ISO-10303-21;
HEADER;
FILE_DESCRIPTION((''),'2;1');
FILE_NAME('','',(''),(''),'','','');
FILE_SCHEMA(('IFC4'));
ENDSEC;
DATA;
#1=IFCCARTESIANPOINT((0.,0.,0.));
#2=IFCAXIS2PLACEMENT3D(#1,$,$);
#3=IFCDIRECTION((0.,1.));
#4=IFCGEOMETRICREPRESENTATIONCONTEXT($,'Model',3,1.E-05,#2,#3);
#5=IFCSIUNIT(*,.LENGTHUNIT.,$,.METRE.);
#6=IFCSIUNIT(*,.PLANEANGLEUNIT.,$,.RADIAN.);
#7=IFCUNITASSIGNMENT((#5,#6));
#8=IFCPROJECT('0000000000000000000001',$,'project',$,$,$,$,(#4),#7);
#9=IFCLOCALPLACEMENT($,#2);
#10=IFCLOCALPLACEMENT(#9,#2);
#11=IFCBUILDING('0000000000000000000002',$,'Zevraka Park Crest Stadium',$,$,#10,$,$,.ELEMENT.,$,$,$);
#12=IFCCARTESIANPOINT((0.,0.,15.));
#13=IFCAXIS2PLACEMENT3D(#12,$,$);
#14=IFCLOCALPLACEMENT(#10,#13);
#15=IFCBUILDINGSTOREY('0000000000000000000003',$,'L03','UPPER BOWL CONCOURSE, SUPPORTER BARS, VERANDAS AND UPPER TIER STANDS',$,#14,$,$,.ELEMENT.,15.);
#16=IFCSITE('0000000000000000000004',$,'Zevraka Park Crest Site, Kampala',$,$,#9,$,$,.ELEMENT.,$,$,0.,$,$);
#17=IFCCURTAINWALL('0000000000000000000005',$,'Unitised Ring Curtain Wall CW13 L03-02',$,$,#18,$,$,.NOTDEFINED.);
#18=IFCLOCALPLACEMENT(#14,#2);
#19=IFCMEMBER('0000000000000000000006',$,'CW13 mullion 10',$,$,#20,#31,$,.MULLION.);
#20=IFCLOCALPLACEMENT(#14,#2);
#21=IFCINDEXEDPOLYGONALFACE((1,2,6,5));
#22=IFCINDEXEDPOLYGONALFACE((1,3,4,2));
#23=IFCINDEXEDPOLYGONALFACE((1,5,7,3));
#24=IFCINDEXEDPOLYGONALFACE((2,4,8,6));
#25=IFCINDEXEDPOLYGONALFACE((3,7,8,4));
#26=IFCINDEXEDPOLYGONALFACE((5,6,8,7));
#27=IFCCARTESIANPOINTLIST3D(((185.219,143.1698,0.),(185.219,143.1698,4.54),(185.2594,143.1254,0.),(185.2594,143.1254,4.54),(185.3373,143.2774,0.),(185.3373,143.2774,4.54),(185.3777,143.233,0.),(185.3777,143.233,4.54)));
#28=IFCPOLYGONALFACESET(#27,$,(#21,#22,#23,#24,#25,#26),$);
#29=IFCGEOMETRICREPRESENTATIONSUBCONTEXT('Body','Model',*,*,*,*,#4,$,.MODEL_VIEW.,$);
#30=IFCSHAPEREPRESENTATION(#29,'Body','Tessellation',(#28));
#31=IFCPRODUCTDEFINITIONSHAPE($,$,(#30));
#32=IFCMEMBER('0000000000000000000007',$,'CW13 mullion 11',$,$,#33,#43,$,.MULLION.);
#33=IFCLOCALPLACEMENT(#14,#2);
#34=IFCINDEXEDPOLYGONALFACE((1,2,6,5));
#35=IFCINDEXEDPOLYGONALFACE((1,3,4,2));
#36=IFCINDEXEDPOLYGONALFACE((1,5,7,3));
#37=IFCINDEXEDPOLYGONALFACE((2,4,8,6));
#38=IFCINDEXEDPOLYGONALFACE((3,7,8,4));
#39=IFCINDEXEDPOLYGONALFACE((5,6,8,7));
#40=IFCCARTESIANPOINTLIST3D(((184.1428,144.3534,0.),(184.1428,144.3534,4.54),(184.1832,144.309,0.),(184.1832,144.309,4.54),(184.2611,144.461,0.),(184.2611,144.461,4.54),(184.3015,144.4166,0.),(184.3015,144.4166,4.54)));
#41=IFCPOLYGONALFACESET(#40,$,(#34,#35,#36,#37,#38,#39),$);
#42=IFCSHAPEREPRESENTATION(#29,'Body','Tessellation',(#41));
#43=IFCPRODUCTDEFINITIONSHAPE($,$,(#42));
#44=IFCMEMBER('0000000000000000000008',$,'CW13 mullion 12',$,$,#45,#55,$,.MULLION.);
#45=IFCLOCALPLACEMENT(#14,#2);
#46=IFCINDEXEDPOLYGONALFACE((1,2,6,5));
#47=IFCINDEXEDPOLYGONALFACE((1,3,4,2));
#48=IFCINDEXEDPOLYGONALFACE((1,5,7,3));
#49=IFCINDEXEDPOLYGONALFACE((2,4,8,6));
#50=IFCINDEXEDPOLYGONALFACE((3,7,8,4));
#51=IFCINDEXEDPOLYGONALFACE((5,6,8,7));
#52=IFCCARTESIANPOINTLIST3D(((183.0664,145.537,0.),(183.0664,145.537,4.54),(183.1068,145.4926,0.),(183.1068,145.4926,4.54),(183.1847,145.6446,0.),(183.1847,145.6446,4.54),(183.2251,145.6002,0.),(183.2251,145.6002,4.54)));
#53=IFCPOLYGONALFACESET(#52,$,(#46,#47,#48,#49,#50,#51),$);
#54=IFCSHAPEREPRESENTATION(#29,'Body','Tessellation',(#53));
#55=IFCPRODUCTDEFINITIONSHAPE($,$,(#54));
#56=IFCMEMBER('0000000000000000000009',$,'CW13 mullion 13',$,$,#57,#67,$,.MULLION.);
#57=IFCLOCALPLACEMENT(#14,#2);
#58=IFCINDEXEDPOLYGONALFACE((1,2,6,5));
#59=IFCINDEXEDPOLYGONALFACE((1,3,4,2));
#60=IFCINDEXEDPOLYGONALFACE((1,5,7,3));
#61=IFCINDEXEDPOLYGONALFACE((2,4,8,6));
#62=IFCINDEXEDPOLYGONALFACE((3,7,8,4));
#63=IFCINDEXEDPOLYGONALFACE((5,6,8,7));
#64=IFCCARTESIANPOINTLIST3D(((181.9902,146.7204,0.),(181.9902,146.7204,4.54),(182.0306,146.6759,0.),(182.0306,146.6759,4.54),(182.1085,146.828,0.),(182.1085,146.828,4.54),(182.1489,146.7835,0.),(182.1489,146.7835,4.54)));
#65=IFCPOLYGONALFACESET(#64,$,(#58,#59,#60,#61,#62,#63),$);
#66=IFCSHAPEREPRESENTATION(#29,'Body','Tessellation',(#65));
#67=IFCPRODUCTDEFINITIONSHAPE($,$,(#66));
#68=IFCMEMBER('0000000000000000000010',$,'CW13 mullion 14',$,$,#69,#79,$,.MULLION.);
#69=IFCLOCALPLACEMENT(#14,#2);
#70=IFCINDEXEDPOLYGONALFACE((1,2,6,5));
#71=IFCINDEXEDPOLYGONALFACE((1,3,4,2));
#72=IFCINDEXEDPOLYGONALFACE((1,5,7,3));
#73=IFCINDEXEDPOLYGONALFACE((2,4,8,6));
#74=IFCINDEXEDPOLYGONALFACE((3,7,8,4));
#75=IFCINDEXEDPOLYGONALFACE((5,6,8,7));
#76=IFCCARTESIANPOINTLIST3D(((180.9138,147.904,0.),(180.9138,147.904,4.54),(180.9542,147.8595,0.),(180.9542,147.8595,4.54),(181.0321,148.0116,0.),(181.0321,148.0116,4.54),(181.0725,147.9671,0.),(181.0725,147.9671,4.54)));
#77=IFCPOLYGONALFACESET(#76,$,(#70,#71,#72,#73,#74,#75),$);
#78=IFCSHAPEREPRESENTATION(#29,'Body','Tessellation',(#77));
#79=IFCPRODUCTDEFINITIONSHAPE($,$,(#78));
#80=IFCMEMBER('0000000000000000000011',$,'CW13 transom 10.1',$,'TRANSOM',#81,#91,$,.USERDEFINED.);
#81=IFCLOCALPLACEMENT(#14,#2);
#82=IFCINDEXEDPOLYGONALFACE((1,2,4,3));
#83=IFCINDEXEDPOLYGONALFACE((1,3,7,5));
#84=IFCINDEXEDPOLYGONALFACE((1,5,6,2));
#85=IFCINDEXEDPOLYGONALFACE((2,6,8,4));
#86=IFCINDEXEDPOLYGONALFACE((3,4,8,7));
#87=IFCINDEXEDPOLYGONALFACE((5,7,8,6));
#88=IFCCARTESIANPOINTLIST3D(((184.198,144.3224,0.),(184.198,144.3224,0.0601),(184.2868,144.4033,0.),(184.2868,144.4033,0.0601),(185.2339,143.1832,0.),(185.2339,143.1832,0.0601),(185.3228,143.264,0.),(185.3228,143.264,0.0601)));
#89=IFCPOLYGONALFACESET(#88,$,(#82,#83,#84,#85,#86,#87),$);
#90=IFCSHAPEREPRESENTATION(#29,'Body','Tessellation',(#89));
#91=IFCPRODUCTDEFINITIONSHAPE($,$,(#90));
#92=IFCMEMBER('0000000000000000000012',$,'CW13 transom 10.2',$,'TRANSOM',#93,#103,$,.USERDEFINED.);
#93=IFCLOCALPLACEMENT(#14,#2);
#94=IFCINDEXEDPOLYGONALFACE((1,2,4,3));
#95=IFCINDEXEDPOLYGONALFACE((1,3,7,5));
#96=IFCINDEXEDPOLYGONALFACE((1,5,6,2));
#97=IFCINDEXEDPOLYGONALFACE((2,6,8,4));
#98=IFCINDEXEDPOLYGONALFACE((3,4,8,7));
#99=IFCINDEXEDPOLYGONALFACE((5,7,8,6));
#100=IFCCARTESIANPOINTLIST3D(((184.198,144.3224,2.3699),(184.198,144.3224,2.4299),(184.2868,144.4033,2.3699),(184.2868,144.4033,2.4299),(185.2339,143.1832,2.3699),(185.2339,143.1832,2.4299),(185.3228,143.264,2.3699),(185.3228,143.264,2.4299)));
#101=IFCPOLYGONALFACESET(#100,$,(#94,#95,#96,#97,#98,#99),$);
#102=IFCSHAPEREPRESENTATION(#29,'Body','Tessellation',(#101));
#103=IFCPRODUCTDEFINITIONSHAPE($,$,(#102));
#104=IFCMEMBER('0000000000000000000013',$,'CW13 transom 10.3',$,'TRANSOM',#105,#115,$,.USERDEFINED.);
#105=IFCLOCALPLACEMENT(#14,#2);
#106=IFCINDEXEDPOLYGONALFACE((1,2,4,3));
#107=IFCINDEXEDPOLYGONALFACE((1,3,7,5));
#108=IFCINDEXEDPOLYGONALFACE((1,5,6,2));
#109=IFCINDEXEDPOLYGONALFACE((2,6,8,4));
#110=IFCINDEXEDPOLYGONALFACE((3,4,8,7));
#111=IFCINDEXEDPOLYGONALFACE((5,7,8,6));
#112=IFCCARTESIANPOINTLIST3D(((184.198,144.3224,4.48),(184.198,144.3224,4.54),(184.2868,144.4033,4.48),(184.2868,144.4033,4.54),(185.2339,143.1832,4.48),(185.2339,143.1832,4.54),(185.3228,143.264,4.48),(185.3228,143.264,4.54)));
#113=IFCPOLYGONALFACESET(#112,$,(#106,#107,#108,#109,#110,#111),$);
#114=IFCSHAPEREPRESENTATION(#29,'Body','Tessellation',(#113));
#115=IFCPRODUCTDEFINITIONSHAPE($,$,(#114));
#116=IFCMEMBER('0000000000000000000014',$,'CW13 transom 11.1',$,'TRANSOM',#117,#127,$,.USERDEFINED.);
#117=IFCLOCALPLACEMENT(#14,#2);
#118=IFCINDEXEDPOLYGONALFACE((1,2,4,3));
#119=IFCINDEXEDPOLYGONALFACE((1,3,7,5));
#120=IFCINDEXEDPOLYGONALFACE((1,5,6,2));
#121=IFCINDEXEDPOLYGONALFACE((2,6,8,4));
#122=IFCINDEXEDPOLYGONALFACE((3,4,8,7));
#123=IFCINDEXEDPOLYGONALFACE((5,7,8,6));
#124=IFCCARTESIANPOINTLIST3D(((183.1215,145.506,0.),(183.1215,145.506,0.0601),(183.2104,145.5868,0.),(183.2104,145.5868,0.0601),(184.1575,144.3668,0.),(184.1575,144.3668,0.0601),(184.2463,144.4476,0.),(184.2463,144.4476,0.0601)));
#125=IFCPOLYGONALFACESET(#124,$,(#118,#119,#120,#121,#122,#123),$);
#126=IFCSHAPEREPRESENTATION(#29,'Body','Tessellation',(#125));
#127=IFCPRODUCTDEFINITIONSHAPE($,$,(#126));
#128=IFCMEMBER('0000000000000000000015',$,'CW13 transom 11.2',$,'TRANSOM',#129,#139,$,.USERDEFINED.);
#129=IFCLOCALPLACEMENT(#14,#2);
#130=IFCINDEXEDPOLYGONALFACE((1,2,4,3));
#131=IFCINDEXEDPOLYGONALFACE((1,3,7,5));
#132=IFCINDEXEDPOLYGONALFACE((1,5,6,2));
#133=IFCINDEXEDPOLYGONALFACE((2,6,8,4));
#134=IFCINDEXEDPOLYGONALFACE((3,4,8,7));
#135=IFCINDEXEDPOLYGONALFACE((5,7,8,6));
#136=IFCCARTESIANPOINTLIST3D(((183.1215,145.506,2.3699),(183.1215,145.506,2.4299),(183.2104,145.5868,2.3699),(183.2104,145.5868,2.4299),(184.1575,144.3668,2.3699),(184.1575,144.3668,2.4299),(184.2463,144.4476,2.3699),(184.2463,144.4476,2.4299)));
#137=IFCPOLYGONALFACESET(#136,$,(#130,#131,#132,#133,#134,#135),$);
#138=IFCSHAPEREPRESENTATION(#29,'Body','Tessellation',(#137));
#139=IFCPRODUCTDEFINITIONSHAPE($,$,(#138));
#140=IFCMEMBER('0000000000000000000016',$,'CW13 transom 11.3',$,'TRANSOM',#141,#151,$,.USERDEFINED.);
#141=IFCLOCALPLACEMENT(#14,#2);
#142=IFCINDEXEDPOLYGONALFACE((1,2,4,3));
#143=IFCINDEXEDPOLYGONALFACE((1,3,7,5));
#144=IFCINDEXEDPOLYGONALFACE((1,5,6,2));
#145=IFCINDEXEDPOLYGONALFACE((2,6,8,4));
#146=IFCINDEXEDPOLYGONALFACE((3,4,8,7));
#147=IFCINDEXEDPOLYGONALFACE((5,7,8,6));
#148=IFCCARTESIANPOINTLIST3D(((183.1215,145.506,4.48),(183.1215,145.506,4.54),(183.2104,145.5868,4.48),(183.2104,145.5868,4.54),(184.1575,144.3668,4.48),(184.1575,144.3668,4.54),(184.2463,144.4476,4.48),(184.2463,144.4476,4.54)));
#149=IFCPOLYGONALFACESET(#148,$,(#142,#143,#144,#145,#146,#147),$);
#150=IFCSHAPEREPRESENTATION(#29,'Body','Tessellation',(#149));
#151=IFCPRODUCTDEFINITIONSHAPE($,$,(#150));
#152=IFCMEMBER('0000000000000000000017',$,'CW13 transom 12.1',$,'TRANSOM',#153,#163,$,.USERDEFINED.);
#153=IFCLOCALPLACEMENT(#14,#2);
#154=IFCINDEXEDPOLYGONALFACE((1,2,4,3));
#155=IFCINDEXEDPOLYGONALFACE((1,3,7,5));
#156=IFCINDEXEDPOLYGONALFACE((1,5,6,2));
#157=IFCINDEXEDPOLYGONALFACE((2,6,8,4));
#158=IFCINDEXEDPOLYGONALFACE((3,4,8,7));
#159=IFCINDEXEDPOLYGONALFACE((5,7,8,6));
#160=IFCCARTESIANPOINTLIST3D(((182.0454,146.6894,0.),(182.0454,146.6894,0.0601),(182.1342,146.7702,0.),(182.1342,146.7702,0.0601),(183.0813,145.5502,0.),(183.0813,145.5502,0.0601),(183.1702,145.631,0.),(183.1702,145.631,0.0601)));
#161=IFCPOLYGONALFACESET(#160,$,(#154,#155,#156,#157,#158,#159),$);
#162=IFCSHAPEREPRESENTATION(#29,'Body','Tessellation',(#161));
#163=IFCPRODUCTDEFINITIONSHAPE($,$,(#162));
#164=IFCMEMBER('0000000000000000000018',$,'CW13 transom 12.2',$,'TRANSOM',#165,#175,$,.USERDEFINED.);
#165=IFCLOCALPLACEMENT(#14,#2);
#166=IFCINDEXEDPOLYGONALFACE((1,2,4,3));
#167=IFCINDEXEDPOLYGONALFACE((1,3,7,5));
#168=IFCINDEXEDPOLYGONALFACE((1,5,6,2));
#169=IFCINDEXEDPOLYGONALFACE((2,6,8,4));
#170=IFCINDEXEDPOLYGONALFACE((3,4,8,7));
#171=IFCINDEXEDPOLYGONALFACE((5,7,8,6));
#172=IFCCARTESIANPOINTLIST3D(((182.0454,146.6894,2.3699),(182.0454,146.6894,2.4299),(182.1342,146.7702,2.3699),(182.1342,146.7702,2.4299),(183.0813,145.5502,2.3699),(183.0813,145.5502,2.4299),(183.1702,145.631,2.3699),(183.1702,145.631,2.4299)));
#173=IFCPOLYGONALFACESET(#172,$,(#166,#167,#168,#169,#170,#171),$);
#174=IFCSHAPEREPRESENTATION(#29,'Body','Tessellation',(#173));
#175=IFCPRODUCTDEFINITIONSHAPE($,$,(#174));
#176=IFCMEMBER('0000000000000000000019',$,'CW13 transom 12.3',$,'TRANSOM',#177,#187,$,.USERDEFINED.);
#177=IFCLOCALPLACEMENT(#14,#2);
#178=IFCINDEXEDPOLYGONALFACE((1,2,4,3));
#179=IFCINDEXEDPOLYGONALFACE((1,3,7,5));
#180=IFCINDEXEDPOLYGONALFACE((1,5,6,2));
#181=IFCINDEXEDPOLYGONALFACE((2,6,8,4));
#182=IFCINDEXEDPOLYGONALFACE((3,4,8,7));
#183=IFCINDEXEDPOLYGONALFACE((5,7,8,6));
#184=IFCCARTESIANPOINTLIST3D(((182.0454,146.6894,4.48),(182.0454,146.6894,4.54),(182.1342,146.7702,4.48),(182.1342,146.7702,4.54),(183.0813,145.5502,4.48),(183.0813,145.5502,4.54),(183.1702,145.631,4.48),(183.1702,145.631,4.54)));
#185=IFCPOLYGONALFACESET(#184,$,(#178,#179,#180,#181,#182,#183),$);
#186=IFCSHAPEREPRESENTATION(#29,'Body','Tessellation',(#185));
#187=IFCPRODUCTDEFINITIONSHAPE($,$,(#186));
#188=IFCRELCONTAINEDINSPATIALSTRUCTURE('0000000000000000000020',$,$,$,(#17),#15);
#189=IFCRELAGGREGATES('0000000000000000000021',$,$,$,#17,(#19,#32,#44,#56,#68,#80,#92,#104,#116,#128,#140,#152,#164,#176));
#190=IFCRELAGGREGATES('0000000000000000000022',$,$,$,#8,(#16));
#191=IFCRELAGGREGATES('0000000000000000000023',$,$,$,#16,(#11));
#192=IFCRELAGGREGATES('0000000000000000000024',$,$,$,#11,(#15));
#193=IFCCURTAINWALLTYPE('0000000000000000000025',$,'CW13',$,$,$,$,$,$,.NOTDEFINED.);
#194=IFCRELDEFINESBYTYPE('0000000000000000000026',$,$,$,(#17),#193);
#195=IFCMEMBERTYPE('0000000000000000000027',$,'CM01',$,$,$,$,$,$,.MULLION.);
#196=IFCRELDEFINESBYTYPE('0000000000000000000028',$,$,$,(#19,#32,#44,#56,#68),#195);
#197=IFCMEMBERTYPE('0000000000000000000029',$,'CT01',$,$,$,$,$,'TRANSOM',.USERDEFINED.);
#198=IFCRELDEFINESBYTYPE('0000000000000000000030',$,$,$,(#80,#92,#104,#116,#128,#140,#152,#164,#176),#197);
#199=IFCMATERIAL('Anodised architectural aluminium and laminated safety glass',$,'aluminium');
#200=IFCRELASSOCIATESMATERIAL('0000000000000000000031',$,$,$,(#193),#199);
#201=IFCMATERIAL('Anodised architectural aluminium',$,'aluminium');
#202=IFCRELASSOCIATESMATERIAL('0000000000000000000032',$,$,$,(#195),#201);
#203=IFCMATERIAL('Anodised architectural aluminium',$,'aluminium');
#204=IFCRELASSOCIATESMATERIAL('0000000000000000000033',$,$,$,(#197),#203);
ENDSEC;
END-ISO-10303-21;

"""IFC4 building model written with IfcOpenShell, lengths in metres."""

from ifc_helpers import new_model, si_unit, direction, frame, origin, origin_2d, place, context, subcontext, project, spatial, rectangle, extrude, material, material_profile, profile_set, type_object, element, aggregate, save


model = new_model("IFC4")

# Units and contexts
model_context = context("Model", 3, precision=1e-05, world=origin(), true_north=direction((0.0, 1.0)))
body_context = subcontext(model_context, "Body", "Model", "MODEL_VIEW")
ifc_project = project(units=[si_unit("LENGTHUNIT", "METRE"), si_unit("PLANEANGLEUNIT", "RADIAN")], contexts=[model_context])

# Site, building, storey
site_placement = place(None, origin())
site = spatial("IfcSite", under=ifc_project, at=site_placement, Name="Zevraka Park Crest Site, Kampala", CompositionType="ELEMENT", RefElevation=0.0)
building_placement = place(site_placement, origin())
building = spatial("IfcBuilding", under=site, at=building_placement, Name="Zevraka Park Crest Stadium", CompositionType="ELEMENT")
storey_placement = place(building_placement, frame((0.0, 0.0, 15.0)))
storey = spatial("IfcBuildingStorey", under=building, at=storey_placement, Name="L03", Description="UPPER BOWL CONCOURSE, SUPPORTER BARS, VERANDAS AND UPPER TIER STANDS", CompositionType="ELEMENT", Elevation=15.0)

# Curtain wall, members
ifc_material_1 = material(Name="Anodised architectural aluminium and laminated safety glass", Category="aluminium")
curtain_wall_type = type_object("IfcCurtainWallType", Name="CW13", PredefinedType="NOTDEFINED", material=ifc_material_1)
curtain_wall_placement = place(storey_placement, origin())
curtain_wall = element("IfcCurtainWall", 1, at=curtain_wall_placement, inside=storey, type_object=curtain_wall_type, Name="Unitised Ring Curtain Wall CW13 L03-02", PredefinedType="NOTDEFINED")
ifc_material_2 = material(Name="Anodised architectural aluminium", Category="aluminium")
ifc_material_profile_1 = material_profile(ifc_material_2, rectangle(XDim=0.1599, YDim=0.0601, at=origin_2d()), Name="ALU MULLION 160x60")
ifc_profile_set_1 = profile_set([ifc_material_profile_1], Name="Anodised architectural aluminium")
member_type_1 = type_object("IfcMemberType", Name="CM01", PredefinedType="MULLION", material=ifc_profile_set_1)
member_1_placement = place(storey_placement, frame((185.2983, 143.2014, 0.0), z_axis=(0.0, 0.0, 1.0), x_axis=(-0.739823, -0.672802, 0.0)))
member_1 = element("IfcMember", 2, at=member_1_placement, type_object=member_type_1, Name="CW13 mullion 10", PredefinedType="MULLION", context=body_context, shape_type="SweptSolid", body=[
    extrude(rectangle(XDim=0.1599, YDim=0.0601, at=origin_2d()), origin(), (0.0, 0.0, 1.0), 4.54),
])
member_2_placement = place(storey_placement, frame((184.2222, 144.385, 0.0), z_axis=(0.0, 0.0, 1.0), x_axis=(-0.739823, -0.672802, 0.0)))
member_2 = element("IfcMember", 3, at=member_2_placement, type_object=member_type_1, Name="CW13 mullion 11", PredefinedType="MULLION", context=body_context, shape_type="SweptSolid", body=[
    extrude(rectangle(XDim=0.1599, YDim=0.0601, at=origin_2d()), origin(), (0.0, 0.0, 1.0), 4.54),
])
member_3_placement = place(storey_placement, frame((183.1458, 145.5686, 0.0), z_axis=(0.0, 0.0, 1.0), x_axis=(-0.739823, -0.672802, 0.0)))
member_3 = element("IfcMember", 4, at=member_3_placement, type_object=member_type_1, Name="CW13 mullion 12", PredefinedType="MULLION", context=body_context, shape_type="SweptSolid", body=[
    extrude(rectangle(XDim=0.1599, YDim=0.0601, at=origin_2d()), origin(), (0.0, 0.0, 1.0), 4.54),
])
member_4_placement = place(storey_placement, frame((182.0696, 146.752, 0.0), z_axis=(0.0, 0.0, 1.0), x_axis=(-0.739823, -0.672802, 0.0)))
member_4 = element("IfcMember", 5, at=member_4_placement, type_object=member_type_1, Name="CW13 mullion 13", PredefinedType="MULLION", context=body_context, shape_type="SweptSolid", body=[
    extrude(rectangle(XDim=0.1599, YDim=0.0601, at=origin_2d()), origin(), (0.0, 0.0, 1.0), 4.54),
])
member_5_placement = place(storey_placement, frame((180.9932, 147.9355, 0.0), z_axis=(0.0, 0.0, 1.0), x_axis=(-0.739823, -0.672802, 0.0)))
member_5 = element("IfcMember", 6, at=member_5_placement, type_object=member_type_1, Name="CW13 mullion 14", PredefinedType="MULLION", context=body_context, shape_type="SweptSolid", body=[
    extrude(rectangle(XDim=0.1599, YDim=0.0601, at=origin_2d()), origin(), (0.0, 0.0, 1.0), 4.54),
])
ifc_material_3 = material(Name="Anodised architectural aluminium", Category="aluminium")
ifc_material_profile_2 = material_profile(ifc_material_3, rectangle(XDim=0.1201, YDim=0.0601, at=origin_2d()), Name="ALU TRANSOM 120x60")
ifc_profile_set_2 = profile_set([ifc_material_profile_2], Name="Anodised architectural aluminium")
member_type_2 = type_object("IfcMemberType", Name="CT01", ElementType="TRANSOM", PredefinedType="USERDEFINED", material=ifc_profile_set_2)
member_6_placement = place(storey_placement, frame((185.2783, 143.2236, 0.03), z_axis=(-0.672775, 0.739847, 0.0), x_axis=(-0.739847, -0.672775, 0.0)))
member_6 = element("IfcMember", 7, at=member_6_placement, type_object=member_type_2, Name="CW13 transom 10.1", ObjectType="TRANSOM", PredefinedType="USERDEFINED", context=body_context, shape_type="SweptSolid", body=[
    extrude(rectangle(XDim=0.1201, YDim=0.0601, at=origin_2d()), origin(), (0.0, 0.0, 1.0), 1.5398),
])
member_7_placement = place(storey_placement, frame((185.2783, 143.2236, 2.3999), z_axis=(-0.672775, 0.739847, 0.0), x_axis=(-0.739847, -0.672775, 0.0)))
member_7 = element("IfcMember", 8, at=member_7_placement, type_object=member_type_2, Name="CW13 transom 10.2", ObjectType="TRANSOM", PredefinedType="USERDEFINED", context=body_context, shape_type="SweptSolid", body=[
    extrude(rectangle(XDim=0.1201, YDim=0.0601, at=origin_2d()), origin(), (0.0, 0.0, 1.0), 1.5398),
])
member_8_placement = place(storey_placement, frame((185.2783, 143.2236, 4.51), z_axis=(-0.672775, 0.739847, 0.0), x_axis=(-0.739847, -0.672775, 0.0)))
member_8 = element("IfcMember", 9, at=member_8_placement, type_object=member_type_2, Name="CW13 transom 10.3", ObjectType="TRANSOM", PredefinedType="USERDEFINED", context=body_context, shape_type="SweptSolid", body=[
    extrude(rectangle(XDim=0.1201, YDim=0.0601, at=origin_2d()), origin(), (0.0, 0.0, 1.0), 1.5398),
])
member_9_placement = place(storey_placement, frame((184.2019, 144.4072, 0.03), z_axis=(-0.672775, 0.739847, 0.0), x_axis=(-0.739847, -0.672775, 0.0)))
member_9 = element("IfcMember", 10, at=member_9_placement, type_object=member_type_2, Name="CW13 transom 11.1", ObjectType="TRANSOM", PredefinedType="USERDEFINED", context=body_context, shape_type="SweptSolid", body=[
    extrude(rectangle(XDim=0.1201, YDim=0.0601, at=origin_2d()), origin(), (0.0, 0.0, 1.0), 1.5398),
])
member_10_placement = place(storey_placement, frame((184.2019, 144.4072, 2.3999), z_axis=(-0.672775, 0.739847, 0.0), x_axis=(-0.739847, -0.672775, 0.0)))
member_10 = element("IfcMember", 11, at=member_10_placement, type_object=member_type_2, Name="CW13 transom 11.2", ObjectType="TRANSOM", PredefinedType="USERDEFINED", context=body_context, shape_type="SweptSolid", body=[
    extrude(rectangle(XDim=0.1201, YDim=0.0601, at=origin_2d()), origin(), (0.0, 0.0, 1.0), 1.5398),
])
member_11_placement = place(storey_placement, frame((184.2019, 144.4072, 4.51), z_axis=(-0.672775, 0.739847, 0.0), x_axis=(-0.739847, -0.672775, 0.0)))
member_11 = element("IfcMember", 12, at=member_11_placement, type_object=member_type_2, Name="CW13 transom 11.3", ObjectType="TRANSOM", PredefinedType="USERDEFINED", context=body_context, shape_type="SweptSolid", body=[
    extrude(rectangle(XDim=0.1201, YDim=0.0601, at=origin_2d()), origin(), (0.0, 0.0, 1.0), 1.5398),
])
member_12_placement = place(storey_placement, frame((183.1257, 145.5906, 0.03), z_axis=(-0.672775, 0.739847, 0.0), x_axis=(-0.739847, -0.672775, 0.0)))
member_12 = element("IfcMember", 13, at=member_12_placement, type_object=member_type_2, Name="CW13 transom 12.1", ObjectType="TRANSOM", PredefinedType="USERDEFINED", context=body_context, shape_type="SweptSolid", body=[
    extrude(rectangle(XDim=0.1201, YDim=0.0601, at=origin_2d()), origin(), (0.0, 0.0, 1.0), 1.5398),
])
member_13_placement = place(storey_placement, frame((183.1257, 145.5906, 2.3999), z_axis=(-0.672775, 0.739847, 0.0), x_axis=(-0.739847, -0.672775, 0.0)))
member_13 = element("IfcMember", 14, at=member_13_placement, type_object=member_type_2, Name="CW13 transom 12.2", ObjectType="TRANSOM", PredefinedType="USERDEFINED", context=body_context, shape_type="SweptSolid", body=[
    extrude(rectangle(XDim=0.1201, YDim=0.0601, at=origin_2d()), origin(), (0.0, 0.0, 1.0), 1.5398),
])
member_14_placement = place(storey_placement, frame((183.1257, 145.5906, 4.51), z_axis=(-0.672775, 0.739847, 0.0), x_axis=(-0.739847, -0.672775, 0.0)))
member_14 = element("IfcMember", 15, at=member_14_placement, type_object=member_type_2, Name="CW13 transom 12.3", ObjectType="TRANSOM", PredefinedType="USERDEFINED", context=body_context, shape_type="SweptSolid", body=[
    extrude(rectangle(XDim=0.1201, YDim=0.0601, at=origin_2d()), origin(), (0.0, 0.0, 1.0), 1.5398),
])

aggregate(curtain_wall, [member_1, member_2, member_3, member_4, member_5, member_6, member_7, member_8, member_9, member_10, member_11, member_12, member_13, member_14])

save(model, "model.ifc")
